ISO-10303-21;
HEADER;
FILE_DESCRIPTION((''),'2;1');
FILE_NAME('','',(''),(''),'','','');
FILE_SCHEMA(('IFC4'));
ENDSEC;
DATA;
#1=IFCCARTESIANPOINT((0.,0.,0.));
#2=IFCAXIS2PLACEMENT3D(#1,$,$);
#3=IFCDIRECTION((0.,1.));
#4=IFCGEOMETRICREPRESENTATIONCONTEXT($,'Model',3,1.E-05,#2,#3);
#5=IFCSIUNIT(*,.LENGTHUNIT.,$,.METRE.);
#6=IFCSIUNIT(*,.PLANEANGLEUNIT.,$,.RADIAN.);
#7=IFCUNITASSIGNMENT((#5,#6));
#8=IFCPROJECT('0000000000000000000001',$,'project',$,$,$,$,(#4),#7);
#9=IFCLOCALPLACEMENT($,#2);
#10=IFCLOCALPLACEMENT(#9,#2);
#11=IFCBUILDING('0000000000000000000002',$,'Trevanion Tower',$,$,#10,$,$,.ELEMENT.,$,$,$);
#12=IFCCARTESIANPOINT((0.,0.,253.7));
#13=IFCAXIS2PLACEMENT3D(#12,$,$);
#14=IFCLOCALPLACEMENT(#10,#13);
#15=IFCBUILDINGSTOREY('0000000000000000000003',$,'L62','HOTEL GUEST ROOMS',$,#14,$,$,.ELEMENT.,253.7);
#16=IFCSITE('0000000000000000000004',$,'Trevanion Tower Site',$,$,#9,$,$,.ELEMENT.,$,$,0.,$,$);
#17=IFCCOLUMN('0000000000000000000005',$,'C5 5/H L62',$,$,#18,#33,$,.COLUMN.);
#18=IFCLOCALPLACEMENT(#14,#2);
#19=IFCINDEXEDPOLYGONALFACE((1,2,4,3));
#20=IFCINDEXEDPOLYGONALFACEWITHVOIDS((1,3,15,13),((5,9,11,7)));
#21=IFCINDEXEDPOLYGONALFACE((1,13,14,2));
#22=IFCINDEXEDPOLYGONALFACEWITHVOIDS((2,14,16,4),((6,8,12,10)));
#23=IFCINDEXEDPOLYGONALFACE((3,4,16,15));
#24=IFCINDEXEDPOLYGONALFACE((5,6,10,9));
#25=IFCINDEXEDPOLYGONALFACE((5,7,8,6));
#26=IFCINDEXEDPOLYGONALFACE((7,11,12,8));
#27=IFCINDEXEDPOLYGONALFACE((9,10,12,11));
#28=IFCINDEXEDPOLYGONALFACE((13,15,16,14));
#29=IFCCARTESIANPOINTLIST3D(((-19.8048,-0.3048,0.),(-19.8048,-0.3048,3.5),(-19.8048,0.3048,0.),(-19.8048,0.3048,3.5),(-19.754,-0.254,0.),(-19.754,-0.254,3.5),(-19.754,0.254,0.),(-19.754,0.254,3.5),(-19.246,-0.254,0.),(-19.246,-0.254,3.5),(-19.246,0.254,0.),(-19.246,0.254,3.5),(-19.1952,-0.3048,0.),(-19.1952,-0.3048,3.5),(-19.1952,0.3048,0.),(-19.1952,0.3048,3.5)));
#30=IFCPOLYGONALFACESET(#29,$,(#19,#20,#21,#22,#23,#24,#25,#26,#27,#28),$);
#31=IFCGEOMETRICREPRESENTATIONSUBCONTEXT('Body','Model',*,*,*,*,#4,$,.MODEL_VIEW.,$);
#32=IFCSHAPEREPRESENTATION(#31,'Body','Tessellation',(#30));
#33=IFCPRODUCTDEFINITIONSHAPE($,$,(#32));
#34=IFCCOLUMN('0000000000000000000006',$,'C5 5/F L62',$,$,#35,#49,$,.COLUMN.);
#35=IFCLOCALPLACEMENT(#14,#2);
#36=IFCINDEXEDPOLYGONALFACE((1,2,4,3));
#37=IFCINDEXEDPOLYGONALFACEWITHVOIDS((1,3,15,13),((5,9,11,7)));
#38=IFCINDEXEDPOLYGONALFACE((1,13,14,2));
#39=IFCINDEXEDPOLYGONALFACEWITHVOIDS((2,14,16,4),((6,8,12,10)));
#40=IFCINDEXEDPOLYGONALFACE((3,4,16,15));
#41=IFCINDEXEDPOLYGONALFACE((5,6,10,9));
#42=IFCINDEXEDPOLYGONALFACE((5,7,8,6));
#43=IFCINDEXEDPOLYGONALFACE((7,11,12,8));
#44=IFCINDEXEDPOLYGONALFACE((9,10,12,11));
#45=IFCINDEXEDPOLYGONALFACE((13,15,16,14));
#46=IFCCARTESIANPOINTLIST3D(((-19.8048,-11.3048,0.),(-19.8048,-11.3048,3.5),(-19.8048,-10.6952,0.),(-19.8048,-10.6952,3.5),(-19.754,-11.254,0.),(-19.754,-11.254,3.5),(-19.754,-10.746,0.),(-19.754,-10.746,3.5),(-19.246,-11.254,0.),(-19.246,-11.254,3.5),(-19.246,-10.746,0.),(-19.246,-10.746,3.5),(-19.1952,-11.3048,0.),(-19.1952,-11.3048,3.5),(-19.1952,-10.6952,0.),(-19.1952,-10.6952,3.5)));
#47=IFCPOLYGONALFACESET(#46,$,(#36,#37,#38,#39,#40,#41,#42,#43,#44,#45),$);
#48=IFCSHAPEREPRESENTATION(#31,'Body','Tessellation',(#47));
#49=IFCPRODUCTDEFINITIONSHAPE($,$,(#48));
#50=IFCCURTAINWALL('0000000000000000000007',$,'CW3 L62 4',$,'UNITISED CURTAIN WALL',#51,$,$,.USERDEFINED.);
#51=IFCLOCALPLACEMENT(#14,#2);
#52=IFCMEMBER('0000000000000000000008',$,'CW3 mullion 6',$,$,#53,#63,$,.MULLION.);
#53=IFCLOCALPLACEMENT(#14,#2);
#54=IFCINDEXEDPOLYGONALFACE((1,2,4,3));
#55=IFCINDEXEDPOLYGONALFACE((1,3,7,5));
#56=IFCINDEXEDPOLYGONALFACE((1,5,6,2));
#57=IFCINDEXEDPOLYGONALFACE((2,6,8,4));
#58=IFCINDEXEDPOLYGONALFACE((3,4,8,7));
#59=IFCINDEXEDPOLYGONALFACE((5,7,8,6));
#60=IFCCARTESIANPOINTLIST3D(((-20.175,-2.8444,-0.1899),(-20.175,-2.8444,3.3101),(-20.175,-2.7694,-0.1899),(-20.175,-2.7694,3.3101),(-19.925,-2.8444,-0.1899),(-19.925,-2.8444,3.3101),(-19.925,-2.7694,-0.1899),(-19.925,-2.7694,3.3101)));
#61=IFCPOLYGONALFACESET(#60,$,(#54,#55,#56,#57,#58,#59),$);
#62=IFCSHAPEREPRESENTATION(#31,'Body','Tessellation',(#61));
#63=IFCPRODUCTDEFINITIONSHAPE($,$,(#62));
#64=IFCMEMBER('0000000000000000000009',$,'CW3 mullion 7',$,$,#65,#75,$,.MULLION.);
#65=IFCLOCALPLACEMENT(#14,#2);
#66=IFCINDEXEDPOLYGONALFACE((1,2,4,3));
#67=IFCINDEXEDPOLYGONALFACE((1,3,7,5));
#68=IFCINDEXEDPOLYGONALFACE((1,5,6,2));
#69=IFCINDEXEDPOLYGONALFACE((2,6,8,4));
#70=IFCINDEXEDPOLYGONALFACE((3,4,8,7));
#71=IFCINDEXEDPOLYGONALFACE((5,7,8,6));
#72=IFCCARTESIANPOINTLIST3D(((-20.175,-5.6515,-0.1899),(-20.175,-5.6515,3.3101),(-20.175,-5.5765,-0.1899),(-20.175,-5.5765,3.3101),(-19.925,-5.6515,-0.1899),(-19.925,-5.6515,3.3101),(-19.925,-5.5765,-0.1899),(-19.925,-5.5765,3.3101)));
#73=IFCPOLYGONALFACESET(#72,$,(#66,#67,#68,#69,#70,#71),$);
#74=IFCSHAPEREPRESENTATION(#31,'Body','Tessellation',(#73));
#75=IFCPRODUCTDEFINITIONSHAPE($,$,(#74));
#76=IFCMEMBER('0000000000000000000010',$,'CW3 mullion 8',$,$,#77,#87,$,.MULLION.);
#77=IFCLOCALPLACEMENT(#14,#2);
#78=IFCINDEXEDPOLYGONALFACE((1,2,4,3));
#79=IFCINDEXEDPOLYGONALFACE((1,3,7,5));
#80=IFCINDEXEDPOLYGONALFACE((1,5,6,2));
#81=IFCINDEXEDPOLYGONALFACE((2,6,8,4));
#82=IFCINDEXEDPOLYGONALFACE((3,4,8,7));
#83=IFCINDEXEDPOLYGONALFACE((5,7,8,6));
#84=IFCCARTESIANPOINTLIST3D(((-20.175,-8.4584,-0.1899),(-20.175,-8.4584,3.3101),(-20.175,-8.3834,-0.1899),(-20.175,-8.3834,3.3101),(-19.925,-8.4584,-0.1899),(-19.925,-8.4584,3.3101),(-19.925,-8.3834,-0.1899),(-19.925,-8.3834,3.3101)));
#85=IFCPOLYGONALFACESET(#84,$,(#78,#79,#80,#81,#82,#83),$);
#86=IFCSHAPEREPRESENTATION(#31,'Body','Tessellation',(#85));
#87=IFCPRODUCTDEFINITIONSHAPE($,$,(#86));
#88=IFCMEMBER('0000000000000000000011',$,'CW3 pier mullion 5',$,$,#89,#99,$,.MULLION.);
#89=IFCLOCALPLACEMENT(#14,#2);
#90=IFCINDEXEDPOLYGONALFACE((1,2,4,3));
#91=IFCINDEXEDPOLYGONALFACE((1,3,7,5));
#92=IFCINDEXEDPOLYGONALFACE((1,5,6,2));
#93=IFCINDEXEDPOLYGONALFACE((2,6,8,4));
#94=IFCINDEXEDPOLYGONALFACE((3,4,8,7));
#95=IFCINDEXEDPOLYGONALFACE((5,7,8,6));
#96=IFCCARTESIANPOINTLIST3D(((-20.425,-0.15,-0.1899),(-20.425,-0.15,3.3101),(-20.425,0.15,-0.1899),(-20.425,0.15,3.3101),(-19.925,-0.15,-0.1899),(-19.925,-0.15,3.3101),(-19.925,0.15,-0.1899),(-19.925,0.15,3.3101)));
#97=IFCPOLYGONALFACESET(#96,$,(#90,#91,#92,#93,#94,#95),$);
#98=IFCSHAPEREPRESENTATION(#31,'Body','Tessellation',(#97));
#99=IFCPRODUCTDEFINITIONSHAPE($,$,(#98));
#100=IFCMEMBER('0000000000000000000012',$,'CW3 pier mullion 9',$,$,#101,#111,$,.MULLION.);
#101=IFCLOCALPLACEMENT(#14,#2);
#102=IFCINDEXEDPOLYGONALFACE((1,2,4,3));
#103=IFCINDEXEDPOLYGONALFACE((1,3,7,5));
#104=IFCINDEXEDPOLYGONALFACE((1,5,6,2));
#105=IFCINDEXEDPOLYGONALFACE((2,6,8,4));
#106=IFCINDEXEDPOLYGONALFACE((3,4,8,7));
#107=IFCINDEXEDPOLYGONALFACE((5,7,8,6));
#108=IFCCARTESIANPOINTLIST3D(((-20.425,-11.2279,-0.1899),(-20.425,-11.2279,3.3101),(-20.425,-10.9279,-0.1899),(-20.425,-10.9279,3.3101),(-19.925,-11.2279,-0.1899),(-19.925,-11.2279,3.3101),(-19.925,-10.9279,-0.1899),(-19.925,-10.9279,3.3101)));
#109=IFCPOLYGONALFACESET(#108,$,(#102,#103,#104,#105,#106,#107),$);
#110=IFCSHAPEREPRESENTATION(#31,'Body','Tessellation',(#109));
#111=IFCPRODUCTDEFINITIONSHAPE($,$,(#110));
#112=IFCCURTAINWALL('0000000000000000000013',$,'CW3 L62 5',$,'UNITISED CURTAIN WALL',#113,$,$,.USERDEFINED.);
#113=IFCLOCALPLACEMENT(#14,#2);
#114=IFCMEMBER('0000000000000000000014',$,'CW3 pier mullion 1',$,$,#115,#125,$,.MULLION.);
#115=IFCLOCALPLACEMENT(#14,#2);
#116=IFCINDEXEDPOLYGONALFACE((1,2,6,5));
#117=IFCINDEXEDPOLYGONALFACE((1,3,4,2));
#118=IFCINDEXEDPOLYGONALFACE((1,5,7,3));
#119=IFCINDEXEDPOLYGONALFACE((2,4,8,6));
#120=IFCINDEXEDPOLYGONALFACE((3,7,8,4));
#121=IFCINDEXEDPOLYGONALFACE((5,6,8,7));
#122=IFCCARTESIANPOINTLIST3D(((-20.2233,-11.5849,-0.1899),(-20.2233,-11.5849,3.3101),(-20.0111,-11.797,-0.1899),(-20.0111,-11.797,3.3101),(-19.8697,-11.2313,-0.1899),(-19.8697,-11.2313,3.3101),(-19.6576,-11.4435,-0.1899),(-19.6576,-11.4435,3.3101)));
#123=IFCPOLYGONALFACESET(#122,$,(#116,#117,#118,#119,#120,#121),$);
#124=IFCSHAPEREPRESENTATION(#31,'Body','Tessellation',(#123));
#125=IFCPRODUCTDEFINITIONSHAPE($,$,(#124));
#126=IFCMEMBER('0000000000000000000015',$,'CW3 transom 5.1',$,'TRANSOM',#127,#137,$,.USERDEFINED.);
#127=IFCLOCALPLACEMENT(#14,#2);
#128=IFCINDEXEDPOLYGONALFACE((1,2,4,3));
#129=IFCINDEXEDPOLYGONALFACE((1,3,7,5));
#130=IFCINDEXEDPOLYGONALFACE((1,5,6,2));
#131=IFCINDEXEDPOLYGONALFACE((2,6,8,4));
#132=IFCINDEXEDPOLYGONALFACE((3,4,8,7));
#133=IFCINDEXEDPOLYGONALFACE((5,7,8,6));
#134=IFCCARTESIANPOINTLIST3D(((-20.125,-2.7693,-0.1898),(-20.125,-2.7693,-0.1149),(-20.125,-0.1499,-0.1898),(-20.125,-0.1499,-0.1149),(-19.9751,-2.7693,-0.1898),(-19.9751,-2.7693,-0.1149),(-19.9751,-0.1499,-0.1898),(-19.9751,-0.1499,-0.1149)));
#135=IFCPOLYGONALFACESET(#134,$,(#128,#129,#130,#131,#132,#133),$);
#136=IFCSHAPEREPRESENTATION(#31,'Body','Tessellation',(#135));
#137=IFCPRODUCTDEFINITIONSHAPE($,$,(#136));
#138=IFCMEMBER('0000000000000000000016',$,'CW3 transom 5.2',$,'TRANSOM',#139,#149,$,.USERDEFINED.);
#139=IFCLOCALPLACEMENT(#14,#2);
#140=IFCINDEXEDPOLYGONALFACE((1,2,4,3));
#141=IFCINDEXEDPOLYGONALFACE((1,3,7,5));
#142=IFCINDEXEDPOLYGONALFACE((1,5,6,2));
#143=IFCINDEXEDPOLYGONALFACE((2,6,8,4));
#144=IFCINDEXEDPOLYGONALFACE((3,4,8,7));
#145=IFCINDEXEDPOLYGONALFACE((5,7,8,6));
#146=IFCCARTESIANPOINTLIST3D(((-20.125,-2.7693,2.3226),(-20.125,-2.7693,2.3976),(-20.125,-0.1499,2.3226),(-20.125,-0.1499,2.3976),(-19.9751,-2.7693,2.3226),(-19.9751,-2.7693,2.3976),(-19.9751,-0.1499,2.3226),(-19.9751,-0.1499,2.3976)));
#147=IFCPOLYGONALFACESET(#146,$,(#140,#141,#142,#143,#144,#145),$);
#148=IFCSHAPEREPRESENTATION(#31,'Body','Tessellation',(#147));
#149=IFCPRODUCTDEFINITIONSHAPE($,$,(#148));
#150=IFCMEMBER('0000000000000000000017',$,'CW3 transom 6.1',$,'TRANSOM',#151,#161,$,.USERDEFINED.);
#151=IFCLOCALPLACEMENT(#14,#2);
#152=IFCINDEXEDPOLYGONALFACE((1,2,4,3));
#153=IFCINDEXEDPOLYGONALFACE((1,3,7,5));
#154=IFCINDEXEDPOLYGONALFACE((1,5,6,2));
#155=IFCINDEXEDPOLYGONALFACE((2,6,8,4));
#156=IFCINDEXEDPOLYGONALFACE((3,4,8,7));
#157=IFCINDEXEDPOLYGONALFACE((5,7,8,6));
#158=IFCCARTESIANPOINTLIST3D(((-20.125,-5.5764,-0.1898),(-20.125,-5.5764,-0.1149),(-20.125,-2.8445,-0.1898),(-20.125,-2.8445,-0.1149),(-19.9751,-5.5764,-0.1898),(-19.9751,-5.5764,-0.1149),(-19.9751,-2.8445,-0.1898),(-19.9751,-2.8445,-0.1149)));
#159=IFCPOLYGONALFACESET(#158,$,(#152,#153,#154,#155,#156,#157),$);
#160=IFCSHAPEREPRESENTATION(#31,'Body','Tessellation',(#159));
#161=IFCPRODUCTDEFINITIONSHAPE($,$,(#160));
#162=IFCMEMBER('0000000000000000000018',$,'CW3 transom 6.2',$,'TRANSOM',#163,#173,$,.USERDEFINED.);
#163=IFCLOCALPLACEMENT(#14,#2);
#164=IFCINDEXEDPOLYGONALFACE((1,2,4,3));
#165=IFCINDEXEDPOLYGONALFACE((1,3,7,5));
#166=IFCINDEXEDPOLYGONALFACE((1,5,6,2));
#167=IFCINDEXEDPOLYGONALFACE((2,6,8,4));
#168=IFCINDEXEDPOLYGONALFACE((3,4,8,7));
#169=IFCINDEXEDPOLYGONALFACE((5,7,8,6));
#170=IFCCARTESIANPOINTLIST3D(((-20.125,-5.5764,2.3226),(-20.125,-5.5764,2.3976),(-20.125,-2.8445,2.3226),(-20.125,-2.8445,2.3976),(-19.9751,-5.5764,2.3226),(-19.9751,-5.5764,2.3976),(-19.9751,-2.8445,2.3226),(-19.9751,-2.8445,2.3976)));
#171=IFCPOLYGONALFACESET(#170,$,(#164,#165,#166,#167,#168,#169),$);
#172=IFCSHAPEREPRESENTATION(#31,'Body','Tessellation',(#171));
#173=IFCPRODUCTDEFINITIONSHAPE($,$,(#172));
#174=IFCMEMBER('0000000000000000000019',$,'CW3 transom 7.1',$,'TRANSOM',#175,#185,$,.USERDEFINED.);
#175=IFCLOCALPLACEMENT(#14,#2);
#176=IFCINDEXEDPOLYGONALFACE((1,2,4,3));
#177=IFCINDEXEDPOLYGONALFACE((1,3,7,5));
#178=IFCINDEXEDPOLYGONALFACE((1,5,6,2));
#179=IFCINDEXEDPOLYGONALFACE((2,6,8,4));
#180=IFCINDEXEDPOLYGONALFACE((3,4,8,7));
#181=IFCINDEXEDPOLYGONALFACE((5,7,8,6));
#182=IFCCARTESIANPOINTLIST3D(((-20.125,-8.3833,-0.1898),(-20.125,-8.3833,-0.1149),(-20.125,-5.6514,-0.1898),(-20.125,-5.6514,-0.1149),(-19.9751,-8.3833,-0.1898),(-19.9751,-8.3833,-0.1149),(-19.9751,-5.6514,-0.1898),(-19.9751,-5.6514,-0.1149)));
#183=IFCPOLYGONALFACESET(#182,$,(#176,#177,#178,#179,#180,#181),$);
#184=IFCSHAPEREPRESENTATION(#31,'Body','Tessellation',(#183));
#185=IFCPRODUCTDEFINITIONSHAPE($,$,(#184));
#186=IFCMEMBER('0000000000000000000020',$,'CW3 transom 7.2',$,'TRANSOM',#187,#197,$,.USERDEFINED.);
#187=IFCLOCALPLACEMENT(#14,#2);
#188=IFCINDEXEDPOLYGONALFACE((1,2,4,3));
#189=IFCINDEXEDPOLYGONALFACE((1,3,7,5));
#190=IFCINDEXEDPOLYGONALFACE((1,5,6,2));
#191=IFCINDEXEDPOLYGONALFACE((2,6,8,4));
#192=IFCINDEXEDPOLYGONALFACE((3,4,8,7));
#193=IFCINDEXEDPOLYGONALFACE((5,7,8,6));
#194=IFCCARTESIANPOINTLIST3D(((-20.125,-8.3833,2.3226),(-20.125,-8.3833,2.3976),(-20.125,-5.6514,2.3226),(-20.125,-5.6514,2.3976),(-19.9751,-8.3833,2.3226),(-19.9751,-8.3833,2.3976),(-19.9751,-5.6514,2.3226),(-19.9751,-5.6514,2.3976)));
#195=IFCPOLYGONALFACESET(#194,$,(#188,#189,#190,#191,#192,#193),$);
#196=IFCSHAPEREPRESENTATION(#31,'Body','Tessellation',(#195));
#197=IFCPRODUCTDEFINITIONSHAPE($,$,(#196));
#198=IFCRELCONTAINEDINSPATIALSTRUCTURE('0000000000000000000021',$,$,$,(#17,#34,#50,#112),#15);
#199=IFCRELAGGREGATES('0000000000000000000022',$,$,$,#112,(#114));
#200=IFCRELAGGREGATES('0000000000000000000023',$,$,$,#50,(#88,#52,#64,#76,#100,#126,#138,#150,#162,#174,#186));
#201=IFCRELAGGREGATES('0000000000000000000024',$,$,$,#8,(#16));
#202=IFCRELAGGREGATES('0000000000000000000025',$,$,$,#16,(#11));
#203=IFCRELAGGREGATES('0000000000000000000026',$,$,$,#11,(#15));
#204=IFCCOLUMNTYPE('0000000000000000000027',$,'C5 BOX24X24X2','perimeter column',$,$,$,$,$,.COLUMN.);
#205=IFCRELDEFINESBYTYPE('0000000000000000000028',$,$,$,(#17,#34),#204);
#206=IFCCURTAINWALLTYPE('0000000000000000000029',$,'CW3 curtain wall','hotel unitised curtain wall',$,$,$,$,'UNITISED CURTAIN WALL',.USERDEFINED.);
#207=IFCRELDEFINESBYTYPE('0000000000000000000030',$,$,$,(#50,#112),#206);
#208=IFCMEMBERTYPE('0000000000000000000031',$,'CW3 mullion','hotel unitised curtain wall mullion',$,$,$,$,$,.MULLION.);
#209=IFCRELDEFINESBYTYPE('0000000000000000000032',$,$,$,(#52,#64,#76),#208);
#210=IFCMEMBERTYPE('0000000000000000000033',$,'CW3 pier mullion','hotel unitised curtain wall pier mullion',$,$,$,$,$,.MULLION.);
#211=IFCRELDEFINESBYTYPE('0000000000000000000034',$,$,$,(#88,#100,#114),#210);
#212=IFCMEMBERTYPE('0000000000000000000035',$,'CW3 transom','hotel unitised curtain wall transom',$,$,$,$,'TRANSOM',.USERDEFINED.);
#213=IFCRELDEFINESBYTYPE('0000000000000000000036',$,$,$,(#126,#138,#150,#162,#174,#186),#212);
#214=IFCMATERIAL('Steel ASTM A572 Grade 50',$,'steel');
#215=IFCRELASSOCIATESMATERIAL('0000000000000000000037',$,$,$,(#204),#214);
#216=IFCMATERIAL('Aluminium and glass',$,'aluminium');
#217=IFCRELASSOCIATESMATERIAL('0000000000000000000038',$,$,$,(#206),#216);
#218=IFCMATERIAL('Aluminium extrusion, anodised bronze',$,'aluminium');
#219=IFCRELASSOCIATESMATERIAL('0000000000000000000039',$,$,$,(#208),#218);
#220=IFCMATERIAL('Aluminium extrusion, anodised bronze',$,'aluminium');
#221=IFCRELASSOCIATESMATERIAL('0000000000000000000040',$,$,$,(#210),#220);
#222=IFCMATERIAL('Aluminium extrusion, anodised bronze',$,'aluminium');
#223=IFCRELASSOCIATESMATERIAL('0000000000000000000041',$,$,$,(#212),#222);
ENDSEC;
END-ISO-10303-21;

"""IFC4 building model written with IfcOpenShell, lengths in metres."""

from ifc_helpers import new_model, si_unit, direction, frame, origin, origin_2d, place, context, subcontext, project, spatial, rectangle, hollow_rectangle, extrude, material, material_profile, profile_set, type_object, element, aggregate, save


model = new_model("IFC4")

# Units and contexts
model_context = context("Model", 3, precision=1e-05, world=origin(), true_north=direction((0.0, 1.0)))
body_context = subcontext(model_context, "Body", "Model", "MODEL_VIEW")
ifc_project = project(units=[si_unit("LENGTHUNIT", "METRE"), si_unit("PLANEANGLEUNIT", "RADIAN")], contexts=[model_context])

# Site, building, storey
site_placement = place(None, origin())
site = spatial("IfcSite", under=ifc_project, at=site_placement, Name="Trevanion Tower Site", CompositionType="ELEMENT", RefElevation=0.0)
building_placement = place(site_placement, origin())
building = spatial("IfcBuilding", under=site, at=building_placement, Name="Trevanion Tower", CompositionType="ELEMENT")
storey_placement = place(building_placement, frame((0.0, 0.0, 253.7)))
storey = spatial("IfcBuildingStorey", under=building, at=storey_placement, Name="L62", Description="HOTEL GUEST ROOMS", CompositionType="ELEMENT", Elevation=253.7)

# Columns
ifc_material_1 = material(Name="Steel ASTM A572 Grade 50", Category="steel")
ifc_material_profile_1 = material_profile(ifc_material_1, hollow_rectangle(XDim=0.6096, YDim=0.6096, WallThickness=0.0508, at=origin_2d()), Name="BOX24X24X2")
ifc_profile_set_1 = profile_set([ifc_material_profile_1], Name="Steel ASTM A572 Grade 50")
column_type = type_object("IfcColumnType", Name="C5 BOX24X24X2", Description="perimeter column", PredefinedType="COLUMN", material=ifc_profile_set_1)
for number, where, z_axis, x_axis, name in (
    (1, (-19.5, 0.0, 0.0), (0.0, 0.0, 1.0), (0.0, 1.0, 0.0), "C5 5/H L62"),
    (2, (-19.5, -11.0, 0.0), (0.0, 0.0, 1.0), (0.0, 1.0, 0.0), "C5 5/F L62"),
):
    element("IfcColumn", number, at=place(storey_placement, frame(where, z_axis=z_axis, x_axis=x_axis)), inside=storey, type_object=column_type, Name=name, PredefinedType="COLUMN", context=body_context, shape_type="SweptSolid", body=[
        extrude(hollow_rectangle(XDim=0.6096, YDim=0.6096, WallThickness=0.0508, at=origin_2d()), origin(), (0.0, 0.0, 1.0), 3.5),
    ])

# Curtain wall, members
ifc_material_2 = material(Name="Aluminium and glass", Category="aluminium")
curtain_wall_type = type_object("IfcCurtainWallType", Name="CW3 curtain wall", Description="hotel unitised curtain wall", ElementType="UNITISED CURTAIN WALL", PredefinedType="USERDEFINED", material=ifc_material_2)
curtain_wall_1_placement = place(storey_placement, origin())
curtain_wall_1 = element("IfcCurtainWall", 3, at=curtain_wall_1_placement, inside=storey, type_object=curtain_wall_type, Name="CW3 L62 4", ObjectType="UNITISED CURTAIN WALL", PredefinedType="USERDEFINED")
ifc_material_3 = material(Name="Aluminium extrusion, anodised bronze", Category="aluminium")
ifc_material_profile_2 = material_profile(ifc_material_3, rectangle(XDim=0.075, YDim=0.25, at=origin_2d()), Name="CW3 mullion")
ifc_profile_set_2 = profile_set([ifc_material_profile_2], Name="Aluminium extrusion, anodised bronze")
member_type_1 = type_object("IfcMemberType", Name="CW3 mullion", Description="hotel unitised curtain wall mullion", PredefinedType="MULLION", material=ifc_profile_set_2)
member_1_placement = place(storey_placement, frame((-20.05, -2.8069, -0.1899), z_axis=(0.0, 0.0, 1.0), x_axis=(0.0, -1.0, 0.0)))
member_1 = element("IfcMember", 4, at=member_1_placement, type_object=member_type_1, Name="CW3 mullion 6", PredefinedType="MULLION", context=body_context, shape_type="SweptSolid", body=[
    extrude(rectangle(XDim=0.075, YDim=0.25, at=origin_2d()), origin(), (0.0, 0.0, 1.0), 3.5),
])
member_2_placement = place(storey_placement, frame((-20.05, -5.614, -0.1899), z_axis=(0.0, 0.0, 1.0), x_axis=(0.0, -1.0, 0.0)))
member_2 = element("IfcMember", 5, at=member_2_placement, type_object=member_type_1, Name="CW3 mullion 7", PredefinedType="MULLION", context=body_context, shape_type="SweptSolid", body=[
    extrude(rectangle(XDim=0.075, YDim=0.25, at=origin_2d()), origin(), (0.0, 0.0, 1.0), 3.5),
])
member_3_placement = place(storey_placement, frame((-20.05, -8.4209, -0.1899), z_axis=(0.0, 0.0, 1.0), x_axis=(0.0, -1.0, 0.0)))
member_3 = element("IfcMember", 6, at=member_3_placement, type_object=member_type_1, Name="CW3 mullion 8", PredefinedType="MULLION", context=body_context, shape_type="SweptSolid", body=[
    extrude(rectangle(XDim=0.075, YDim=0.25, at=origin_2d()), origin(), (0.0, 0.0, 1.0), 3.5),
])
ifc_material_4 = material(Name="Aluminium extrusion, anodised bronze", Category="aluminium")
ifc_material_profile_3 = material_profile(ifc_material_4, rectangle(XDim=0.3, YDim=0.5, at=origin_2d()), Name="CW3 pier mullion")
ifc_profile_set_3 = profile_set([ifc_material_profile_3], Name="Aluminium extrusion, anodised bronze")
member_type_2 = type_object("IfcMemberType", Name="CW3 pier mullion", Description="hotel unitised curtain wall pier mullion", PredefinedType="MULLION", material=ifc_profile_set_3)
member_4_placement = place(storey_placement, frame((-20.175, 0.0, -0.1899), z_axis=(0.0, 0.0, 1.0), x_axis=(0.0, -1.0, 0.0)))
member_4 = element("IfcMember", 7, at=member_4_placement, type_object=member_type_2, Name="CW3 pier mullion 5", PredefinedType="MULLION", context=body_context, shape_type="SweptSolid", body=[
    extrude(rectangle(XDim=0.3, YDim=0.5, at=origin_2d()), origin(), (0.0, 0.0, 1.0), 3.5),
])
member_5_placement = place(storey_placement, frame((-20.175, -11.0779, -0.1899), z_axis=(0.0, 0.0, 1.0), x_axis=(0.0, -1.0, 0.0)))
member_5 = element("IfcMember", 8, at=member_5_placement, type_object=member_type_2, Name="CW3 pier mullion 9", PredefinedType="MULLION", context=body_context, shape_type="SweptSolid", body=[
    extrude(rectangle(XDim=0.3, YDim=0.5, at=origin_2d()), origin(), (0.0, 0.0, 1.0), 3.5),
])

# Curtain wall, member
curtain_wall_2_placement = place(storey_placement, origin())
curtain_wall_2 = element("IfcCurtainWall", 9, at=curtain_wall_2_placement, inside=storey, type_object=curtain_wall_type, Name="CW3 L62 5", ObjectType="UNITISED CURTAIN WALL", PredefinedType="USERDEFINED")
member_6_placement = place(storey_placement, frame((-19.9404, -11.5142, -0.1899), z_axis=(0.0, 0.0, 1.0), x_axis=(0.707107, -0.707107, 0.0)))
member_6 = element("IfcMember", 10, at=member_6_placement, type_object=member_type_2, Name="CW3 pier mullion 1", PredefinedType="MULLION", context=body_context, shape_type="SweptSolid", body=[
    extrude(rectangle(XDim=0.3, YDim=0.5, at=origin_2d()), origin(), (0.0, 0.0, 1.0), 3.5),
])
aggregate(curtain_wall_2, [member_6])

# Members
ifc_material_5 = material(Name="Aluminium extrusion, anodised bronze", Category="aluminium")
ifc_material_profile_4 = material_profile(ifc_material_5, rectangle(XDim=0.1499, YDim=0.075, at=origin_2d()), Name="CW3 transom")
ifc_profile_set_4 = profile_set([ifc_material_profile_4], Name="Aluminium extrusion, anodised bronze")
member_type_3 = type_object("IfcMemberType", Name="CW3 transom", Description="hotel unitised curtain wall transom", ElementType="TRANSOM", PredefinedType="USERDEFINED", material=ifc_profile_set_4)
member_7_placement = place(storey_placement, frame((-20.05, -0.1499, -0.1523), z_axis=(0.0, -1.0, 0.0), x_axis=(1.0, 0.0, 0.0)))
member_7 = element("IfcMember", 11, at=member_7_placement, type_object=member_type_3, Name="CW3 transom 5.1", ObjectType="TRANSOM", PredefinedType="USERDEFINED", context=body_context, shape_type="SweptSolid", body=[
    extrude(rectangle(XDim=0.1499, YDim=0.075, at=origin_2d()), origin(), (0.0, 0.0, 1.0), 2.6194),
])
member_8_placement = place(storey_placement, frame((-20.05, -0.1499, 2.3601), z_axis=(0.0, -1.0, 0.0), x_axis=(1.0, 0.0, 0.0)))
member_8 = element("IfcMember", 12, at=member_8_placement, type_object=member_type_3, Name="CW3 transom 5.2", ObjectType="TRANSOM", PredefinedType="USERDEFINED", context=body_context, shape_type="SweptSolid", body=[
    extrude(rectangle(XDim=0.1499, YDim=0.075, at=origin_2d()), origin(), (0.0, 0.0, 1.0), 2.6194),
])
member_9_placement = place(storey_placement, frame((-20.05, -2.8445, -0.1523), z_axis=(0.0, -1.0, 0.0), x_axis=(1.0, 0.0, 0.0)))
member_9 = element("IfcMember", 13, at=member_9_placement, type_object=member_type_3, Name="CW3 transom 6.1", ObjectType="TRANSOM", PredefinedType="USERDEFINED", context=body_context, shape_type="SweptSolid", body=[
    extrude(rectangle(XDim=0.1499, YDim=0.075, at=origin_2d()), origin(), (0.0, 0.0, 1.0), 2.7319),
])
member_10_placement = place(storey_placement, frame((-20.05, -2.8445, 2.3601), z_axis=(0.0, -1.0, 0.0), x_axis=(1.0, 0.0, 0.0)))
member_10 = element("IfcMember", 14, at=member_10_placement, type_object=member_type_3, Name="CW3 transom 6.2", ObjectType="TRANSOM", PredefinedType="USERDEFINED", context=body_context, shape_type="SweptSolid", body=[
    extrude(rectangle(XDim=0.1499, YDim=0.075, at=origin_2d()), origin(), (0.0, 0.0, 1.0), 2.7319),
])
member_11_placement = place(storey_placement, frame((-20.05, -5.6514, -0.1523), z_axis=(0.0, -1.0, 0.0), x_axis=(1.0, 0.0, 0.0)))
member_11 = element("IfcMember", 15, at=member_11_placement, type_object=member_type_3, Name="CW3 transom 7.1", ObjectType="TRANSOM", PredefinedType="USERDEFINED", context=body_context, shape_type="SweptSolid", body=[
    extrude(rectangle(XDim=0.1499, YDim=0.075, at=origin_2d()), origin(), (0.0, 0.0, 1.0), 2.7319),
])
member_12_placement = place(storey_placement, frame((-20.05, -5.6514, 2.3601), z_axis=(0.0, -1.0, 0.0), x_axis=(1.0, 0.0, 0.0)))
member_12 = element("IfcMember", 16, at=member_12_placement, type_object=member_type_3, Name="CW3 transom 7.2", ObjectType="TRANSOM", PredefinedType="USERDEFINED", context=body_context, shape_type="SweptSolid", body=[
    extrude(rectangle(XDim=0.1499, YDim=0.075, at=origin_2d()), origin(), (0.0, 0.0, 1.0), 2.7319),
])

aggregate(curtain_wall_1, [member_4, member_1, member_2, member_3, member_5, member_7, member_8, member_9, member_10, member_11, member_12])

save(model, "model.ifc")
